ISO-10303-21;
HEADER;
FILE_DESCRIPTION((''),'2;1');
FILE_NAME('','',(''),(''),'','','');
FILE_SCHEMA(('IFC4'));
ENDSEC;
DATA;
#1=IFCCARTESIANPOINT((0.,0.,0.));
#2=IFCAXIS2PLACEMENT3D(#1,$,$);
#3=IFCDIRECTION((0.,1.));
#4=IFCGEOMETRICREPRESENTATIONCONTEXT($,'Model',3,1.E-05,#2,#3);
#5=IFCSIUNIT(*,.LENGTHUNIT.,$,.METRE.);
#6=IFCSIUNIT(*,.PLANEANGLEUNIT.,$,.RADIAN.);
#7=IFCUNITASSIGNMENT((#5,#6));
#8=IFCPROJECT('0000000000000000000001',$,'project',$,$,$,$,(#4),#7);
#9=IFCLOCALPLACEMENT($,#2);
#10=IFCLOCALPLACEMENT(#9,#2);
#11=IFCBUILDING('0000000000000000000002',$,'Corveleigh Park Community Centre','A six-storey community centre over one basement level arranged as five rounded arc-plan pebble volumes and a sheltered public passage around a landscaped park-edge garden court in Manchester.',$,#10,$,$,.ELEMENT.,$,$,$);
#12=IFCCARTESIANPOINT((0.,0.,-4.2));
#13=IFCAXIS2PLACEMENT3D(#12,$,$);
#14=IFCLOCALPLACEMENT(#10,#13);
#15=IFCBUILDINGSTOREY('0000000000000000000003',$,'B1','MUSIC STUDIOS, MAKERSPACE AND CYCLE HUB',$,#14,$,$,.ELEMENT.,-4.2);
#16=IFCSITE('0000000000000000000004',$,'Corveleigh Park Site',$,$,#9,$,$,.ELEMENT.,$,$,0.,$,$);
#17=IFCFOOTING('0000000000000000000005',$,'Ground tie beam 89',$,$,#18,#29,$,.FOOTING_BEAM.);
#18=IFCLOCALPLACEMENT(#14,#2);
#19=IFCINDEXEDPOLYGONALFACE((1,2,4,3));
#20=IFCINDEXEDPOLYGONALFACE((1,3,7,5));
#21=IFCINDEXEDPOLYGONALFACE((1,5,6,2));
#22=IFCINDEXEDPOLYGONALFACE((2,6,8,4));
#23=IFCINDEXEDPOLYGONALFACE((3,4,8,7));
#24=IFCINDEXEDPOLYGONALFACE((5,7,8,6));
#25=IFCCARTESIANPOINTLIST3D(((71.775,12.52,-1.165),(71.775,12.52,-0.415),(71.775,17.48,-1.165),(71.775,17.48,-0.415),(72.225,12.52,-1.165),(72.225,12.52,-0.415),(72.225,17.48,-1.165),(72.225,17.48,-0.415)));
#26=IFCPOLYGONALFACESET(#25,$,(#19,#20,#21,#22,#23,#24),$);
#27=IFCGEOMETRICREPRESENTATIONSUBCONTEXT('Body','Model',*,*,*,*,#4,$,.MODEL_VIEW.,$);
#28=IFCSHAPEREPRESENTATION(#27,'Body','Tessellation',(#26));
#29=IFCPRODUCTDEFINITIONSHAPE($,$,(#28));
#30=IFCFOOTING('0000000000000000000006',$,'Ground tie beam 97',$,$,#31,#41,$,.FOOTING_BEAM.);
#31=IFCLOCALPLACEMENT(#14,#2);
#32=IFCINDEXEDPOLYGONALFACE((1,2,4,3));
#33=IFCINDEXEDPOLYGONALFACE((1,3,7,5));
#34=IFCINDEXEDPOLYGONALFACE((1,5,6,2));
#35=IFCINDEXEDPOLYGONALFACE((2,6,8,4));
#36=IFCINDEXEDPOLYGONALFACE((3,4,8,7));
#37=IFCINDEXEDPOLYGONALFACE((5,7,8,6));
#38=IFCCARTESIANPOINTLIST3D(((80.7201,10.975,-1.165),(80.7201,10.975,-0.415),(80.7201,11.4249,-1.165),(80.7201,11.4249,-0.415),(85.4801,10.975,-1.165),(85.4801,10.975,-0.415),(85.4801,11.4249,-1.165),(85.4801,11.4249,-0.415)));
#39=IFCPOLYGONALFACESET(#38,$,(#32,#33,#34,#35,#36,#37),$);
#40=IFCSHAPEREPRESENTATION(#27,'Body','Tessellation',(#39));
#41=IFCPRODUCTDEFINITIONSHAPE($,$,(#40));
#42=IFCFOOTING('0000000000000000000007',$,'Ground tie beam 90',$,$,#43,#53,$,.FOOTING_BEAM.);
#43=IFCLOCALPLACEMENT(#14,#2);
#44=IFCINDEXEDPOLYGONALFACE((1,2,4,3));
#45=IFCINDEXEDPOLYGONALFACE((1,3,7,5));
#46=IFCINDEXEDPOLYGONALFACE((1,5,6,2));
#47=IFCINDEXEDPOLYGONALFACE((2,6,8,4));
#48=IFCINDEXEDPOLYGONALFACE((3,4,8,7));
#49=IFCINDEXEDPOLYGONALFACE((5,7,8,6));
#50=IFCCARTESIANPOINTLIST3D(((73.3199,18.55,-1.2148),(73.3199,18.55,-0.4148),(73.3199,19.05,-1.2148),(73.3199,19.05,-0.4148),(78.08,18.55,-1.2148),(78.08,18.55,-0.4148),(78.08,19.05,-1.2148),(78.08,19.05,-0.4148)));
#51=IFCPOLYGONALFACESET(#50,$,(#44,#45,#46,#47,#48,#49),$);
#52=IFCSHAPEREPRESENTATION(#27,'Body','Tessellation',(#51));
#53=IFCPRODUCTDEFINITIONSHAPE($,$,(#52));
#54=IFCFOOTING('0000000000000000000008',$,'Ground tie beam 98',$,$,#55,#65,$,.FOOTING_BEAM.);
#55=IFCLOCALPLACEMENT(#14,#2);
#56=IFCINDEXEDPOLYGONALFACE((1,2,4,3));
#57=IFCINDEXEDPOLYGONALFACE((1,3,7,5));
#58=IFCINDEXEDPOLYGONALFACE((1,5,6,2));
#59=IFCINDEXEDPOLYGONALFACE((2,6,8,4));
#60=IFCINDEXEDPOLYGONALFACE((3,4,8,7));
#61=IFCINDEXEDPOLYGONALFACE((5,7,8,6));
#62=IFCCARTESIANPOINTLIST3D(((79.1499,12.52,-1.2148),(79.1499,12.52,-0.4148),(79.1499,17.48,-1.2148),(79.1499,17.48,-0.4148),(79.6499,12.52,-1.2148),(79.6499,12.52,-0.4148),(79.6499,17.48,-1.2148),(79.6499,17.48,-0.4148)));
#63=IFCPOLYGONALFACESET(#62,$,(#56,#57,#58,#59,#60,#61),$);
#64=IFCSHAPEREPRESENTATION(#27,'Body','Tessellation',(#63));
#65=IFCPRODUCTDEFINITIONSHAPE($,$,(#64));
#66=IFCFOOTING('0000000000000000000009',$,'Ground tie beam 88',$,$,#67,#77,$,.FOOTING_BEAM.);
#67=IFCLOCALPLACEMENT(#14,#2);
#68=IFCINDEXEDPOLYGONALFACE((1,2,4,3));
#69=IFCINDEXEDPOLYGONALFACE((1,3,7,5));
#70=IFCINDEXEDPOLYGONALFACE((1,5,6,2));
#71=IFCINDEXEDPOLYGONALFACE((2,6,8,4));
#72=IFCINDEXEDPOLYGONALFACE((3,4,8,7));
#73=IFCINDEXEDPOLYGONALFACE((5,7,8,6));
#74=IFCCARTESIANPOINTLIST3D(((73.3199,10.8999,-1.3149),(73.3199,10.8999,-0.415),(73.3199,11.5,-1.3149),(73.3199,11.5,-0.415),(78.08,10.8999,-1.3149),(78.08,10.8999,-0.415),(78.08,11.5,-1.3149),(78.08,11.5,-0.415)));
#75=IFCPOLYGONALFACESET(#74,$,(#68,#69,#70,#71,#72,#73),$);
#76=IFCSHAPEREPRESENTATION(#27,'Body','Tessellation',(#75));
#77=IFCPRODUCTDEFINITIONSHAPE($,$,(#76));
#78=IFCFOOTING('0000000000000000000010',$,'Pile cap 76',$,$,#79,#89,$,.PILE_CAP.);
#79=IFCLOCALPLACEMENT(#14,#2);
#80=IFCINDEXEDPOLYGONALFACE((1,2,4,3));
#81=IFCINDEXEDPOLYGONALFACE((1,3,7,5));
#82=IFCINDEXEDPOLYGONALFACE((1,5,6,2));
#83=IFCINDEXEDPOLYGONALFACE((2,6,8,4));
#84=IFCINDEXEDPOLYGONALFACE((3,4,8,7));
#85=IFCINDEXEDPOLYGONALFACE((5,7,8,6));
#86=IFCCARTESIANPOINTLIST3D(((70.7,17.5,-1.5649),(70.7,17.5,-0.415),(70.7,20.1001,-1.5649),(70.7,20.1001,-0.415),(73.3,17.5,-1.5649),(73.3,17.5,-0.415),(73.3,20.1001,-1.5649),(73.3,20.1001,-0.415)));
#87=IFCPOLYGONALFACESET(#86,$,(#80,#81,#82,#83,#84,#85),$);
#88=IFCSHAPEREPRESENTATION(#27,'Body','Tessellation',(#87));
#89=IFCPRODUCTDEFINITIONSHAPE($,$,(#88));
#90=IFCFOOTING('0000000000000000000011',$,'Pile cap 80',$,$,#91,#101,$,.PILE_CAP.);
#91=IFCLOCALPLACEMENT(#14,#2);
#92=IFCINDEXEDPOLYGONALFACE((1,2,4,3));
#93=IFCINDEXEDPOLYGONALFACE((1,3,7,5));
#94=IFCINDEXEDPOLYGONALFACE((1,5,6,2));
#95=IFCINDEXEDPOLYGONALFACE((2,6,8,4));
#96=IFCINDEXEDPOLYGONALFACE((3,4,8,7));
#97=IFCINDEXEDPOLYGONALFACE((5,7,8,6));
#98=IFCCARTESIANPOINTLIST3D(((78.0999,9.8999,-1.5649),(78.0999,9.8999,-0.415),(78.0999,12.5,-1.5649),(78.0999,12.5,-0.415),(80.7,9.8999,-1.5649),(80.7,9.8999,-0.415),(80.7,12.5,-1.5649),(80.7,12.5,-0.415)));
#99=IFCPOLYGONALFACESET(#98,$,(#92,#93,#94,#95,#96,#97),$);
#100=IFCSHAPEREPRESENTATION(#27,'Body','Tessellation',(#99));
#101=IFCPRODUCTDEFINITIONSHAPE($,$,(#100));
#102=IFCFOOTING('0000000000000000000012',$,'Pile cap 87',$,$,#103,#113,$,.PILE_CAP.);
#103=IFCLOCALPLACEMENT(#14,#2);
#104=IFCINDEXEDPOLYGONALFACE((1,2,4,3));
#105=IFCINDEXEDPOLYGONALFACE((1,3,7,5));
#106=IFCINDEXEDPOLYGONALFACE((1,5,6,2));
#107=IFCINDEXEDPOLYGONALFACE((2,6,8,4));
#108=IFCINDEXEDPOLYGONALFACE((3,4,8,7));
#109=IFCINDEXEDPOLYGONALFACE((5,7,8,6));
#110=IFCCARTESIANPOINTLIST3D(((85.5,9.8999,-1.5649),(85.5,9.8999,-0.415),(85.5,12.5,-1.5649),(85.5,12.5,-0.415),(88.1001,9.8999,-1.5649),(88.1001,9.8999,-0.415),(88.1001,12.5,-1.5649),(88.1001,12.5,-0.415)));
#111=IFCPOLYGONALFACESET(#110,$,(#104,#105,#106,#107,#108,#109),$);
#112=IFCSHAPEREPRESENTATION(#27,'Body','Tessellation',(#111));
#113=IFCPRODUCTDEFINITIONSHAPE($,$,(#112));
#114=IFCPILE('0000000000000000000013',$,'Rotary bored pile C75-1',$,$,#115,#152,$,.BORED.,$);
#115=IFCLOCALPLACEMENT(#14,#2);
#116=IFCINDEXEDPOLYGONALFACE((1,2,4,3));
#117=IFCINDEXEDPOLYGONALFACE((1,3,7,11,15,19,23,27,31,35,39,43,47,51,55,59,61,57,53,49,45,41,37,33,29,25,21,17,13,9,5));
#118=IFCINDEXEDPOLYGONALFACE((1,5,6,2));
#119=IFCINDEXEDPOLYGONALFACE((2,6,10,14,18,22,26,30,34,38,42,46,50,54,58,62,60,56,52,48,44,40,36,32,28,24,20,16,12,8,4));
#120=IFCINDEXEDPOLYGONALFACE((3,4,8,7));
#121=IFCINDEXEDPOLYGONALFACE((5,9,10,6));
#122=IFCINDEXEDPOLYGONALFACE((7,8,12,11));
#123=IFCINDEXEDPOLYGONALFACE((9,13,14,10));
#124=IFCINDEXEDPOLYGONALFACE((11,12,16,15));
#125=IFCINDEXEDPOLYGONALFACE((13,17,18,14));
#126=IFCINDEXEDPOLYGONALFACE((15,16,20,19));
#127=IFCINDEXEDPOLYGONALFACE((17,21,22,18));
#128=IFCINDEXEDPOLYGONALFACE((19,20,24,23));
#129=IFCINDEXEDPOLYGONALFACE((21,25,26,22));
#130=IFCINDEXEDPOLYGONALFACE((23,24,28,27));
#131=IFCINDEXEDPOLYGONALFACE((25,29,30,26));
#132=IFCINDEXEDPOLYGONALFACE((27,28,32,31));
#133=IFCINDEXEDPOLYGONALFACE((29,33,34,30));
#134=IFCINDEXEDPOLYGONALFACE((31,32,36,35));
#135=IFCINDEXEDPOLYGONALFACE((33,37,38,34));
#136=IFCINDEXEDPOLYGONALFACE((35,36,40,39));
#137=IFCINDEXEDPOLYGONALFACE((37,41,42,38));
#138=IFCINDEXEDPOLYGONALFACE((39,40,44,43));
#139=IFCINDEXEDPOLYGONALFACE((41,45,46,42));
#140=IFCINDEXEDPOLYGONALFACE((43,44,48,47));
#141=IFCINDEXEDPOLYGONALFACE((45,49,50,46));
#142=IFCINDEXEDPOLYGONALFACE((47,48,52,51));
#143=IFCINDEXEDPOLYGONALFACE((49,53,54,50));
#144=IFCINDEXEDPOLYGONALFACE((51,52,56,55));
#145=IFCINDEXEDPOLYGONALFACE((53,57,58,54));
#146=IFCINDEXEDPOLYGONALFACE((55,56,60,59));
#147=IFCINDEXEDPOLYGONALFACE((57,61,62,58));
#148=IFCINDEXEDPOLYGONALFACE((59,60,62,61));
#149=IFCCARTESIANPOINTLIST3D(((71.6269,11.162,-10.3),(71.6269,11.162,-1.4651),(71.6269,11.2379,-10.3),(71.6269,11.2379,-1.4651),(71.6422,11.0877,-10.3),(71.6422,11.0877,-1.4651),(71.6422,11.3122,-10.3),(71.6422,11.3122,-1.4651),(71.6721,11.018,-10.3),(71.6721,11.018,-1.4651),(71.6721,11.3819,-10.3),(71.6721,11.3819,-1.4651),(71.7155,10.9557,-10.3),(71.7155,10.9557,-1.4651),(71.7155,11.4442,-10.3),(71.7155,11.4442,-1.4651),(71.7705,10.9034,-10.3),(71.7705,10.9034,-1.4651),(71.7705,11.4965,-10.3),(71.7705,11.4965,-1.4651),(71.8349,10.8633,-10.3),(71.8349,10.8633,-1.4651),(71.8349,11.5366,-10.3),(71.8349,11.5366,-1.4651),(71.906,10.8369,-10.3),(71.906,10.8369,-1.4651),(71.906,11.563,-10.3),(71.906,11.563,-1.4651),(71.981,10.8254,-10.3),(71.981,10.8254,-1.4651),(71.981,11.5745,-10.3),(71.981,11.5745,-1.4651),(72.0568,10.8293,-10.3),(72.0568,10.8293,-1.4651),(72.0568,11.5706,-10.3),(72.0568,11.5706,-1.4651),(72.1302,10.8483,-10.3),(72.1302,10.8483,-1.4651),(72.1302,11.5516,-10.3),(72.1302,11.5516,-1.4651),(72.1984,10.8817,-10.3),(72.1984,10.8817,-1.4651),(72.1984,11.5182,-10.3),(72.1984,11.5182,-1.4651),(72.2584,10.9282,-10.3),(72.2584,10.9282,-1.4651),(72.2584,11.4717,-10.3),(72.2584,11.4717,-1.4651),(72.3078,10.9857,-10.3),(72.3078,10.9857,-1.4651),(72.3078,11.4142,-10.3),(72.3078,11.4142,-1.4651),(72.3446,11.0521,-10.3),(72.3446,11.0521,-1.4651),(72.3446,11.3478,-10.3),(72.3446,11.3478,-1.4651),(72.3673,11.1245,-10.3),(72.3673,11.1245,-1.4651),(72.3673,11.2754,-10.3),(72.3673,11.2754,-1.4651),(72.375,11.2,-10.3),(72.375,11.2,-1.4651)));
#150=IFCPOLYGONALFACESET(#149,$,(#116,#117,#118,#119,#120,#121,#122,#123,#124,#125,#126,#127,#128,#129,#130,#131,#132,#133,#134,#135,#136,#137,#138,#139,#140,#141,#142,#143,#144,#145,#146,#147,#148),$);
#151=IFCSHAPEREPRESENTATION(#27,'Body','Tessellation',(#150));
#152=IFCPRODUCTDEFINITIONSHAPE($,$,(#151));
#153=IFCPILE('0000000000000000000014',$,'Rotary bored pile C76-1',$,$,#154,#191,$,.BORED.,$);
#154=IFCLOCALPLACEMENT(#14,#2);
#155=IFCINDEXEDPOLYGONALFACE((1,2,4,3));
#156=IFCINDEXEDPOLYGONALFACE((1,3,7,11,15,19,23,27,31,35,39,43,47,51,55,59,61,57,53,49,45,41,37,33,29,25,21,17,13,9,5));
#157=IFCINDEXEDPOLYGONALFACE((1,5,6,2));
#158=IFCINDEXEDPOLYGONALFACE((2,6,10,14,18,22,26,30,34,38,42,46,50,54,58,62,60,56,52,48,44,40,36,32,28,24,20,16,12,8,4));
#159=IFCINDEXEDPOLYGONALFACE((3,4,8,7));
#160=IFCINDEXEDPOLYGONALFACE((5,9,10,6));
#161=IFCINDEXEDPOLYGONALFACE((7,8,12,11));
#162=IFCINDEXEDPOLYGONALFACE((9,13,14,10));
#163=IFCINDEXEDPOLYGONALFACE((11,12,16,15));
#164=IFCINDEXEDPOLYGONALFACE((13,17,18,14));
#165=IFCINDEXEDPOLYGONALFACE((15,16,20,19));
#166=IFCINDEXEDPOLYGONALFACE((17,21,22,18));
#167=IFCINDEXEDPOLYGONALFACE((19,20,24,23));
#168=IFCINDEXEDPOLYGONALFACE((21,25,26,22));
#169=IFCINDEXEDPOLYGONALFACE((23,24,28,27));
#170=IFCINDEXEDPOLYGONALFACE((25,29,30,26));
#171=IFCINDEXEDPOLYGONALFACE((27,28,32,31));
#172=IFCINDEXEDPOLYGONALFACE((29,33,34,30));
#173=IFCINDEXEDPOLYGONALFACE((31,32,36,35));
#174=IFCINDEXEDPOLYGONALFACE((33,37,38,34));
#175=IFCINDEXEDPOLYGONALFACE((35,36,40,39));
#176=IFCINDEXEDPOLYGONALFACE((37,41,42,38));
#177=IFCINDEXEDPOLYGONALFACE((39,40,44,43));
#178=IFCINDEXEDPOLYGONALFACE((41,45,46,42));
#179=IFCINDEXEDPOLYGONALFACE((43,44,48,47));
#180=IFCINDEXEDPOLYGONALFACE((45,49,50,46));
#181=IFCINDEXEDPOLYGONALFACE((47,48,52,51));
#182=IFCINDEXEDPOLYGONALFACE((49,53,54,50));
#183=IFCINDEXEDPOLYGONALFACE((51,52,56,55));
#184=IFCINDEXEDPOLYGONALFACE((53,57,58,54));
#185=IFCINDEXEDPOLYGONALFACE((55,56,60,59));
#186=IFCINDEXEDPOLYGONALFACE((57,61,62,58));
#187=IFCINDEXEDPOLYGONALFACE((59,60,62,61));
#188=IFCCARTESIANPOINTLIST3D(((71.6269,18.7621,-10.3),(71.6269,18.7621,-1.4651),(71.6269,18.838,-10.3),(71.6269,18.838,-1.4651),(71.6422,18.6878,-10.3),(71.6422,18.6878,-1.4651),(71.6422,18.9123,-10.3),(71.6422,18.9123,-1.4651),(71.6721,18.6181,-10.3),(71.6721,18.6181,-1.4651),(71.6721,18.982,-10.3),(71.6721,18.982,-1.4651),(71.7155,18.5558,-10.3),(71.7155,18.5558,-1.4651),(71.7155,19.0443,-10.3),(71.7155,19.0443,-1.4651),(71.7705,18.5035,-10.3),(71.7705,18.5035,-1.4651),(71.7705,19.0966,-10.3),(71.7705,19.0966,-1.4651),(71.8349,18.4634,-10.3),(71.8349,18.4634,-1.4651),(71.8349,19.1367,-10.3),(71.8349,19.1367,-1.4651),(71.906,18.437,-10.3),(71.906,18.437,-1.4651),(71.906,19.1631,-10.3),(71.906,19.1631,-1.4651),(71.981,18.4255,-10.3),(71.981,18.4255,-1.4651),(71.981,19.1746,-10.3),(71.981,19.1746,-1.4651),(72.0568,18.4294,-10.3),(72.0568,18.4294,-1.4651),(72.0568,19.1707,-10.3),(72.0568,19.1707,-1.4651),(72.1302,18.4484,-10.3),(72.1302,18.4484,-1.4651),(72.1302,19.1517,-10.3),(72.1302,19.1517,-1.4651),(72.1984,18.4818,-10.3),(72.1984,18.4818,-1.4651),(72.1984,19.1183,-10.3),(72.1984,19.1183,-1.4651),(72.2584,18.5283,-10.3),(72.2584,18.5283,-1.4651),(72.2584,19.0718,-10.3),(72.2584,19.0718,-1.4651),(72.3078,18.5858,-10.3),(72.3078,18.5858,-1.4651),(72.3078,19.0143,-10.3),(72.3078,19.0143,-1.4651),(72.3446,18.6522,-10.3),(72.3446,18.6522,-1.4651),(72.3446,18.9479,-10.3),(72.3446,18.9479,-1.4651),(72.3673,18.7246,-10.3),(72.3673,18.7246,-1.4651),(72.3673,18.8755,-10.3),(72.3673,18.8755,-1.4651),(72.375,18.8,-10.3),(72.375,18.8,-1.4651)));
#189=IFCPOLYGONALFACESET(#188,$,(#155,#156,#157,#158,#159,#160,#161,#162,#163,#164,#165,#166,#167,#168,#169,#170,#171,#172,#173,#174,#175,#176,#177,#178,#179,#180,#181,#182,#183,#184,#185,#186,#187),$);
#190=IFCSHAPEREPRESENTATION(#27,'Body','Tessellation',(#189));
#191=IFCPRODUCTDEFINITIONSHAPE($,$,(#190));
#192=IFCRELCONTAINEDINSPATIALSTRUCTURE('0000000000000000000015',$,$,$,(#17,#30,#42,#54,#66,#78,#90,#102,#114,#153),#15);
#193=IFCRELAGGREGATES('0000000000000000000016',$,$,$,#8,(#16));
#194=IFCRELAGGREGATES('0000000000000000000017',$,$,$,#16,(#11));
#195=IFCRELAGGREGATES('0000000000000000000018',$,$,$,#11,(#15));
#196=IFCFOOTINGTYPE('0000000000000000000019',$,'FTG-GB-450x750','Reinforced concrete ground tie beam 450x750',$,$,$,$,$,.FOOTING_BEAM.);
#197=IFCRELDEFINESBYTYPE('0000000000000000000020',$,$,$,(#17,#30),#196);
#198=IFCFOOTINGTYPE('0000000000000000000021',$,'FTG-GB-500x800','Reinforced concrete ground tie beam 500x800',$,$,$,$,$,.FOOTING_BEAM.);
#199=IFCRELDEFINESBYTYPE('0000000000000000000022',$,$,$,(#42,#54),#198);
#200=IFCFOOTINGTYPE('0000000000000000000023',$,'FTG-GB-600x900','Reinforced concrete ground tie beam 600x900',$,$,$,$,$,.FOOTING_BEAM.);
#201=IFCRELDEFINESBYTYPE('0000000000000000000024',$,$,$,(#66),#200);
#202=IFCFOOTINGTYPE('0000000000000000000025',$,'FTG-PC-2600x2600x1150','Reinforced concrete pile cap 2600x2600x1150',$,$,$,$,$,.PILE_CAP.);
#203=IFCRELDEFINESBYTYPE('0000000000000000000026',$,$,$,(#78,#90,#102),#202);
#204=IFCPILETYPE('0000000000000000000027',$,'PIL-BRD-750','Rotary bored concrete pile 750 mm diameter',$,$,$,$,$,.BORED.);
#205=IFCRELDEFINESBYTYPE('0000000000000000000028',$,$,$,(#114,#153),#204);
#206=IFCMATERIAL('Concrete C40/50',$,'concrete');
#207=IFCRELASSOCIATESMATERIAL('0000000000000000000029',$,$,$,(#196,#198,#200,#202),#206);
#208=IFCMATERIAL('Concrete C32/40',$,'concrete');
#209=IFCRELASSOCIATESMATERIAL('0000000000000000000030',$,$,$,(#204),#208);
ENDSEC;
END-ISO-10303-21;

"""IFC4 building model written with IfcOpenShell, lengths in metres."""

from ifc_helpers import new_model, si_unit, direction, frame, origin, origin_2d, place, context, subcontext, project, spatial, rectangle, circle, extrude, material, material_profile, profile_set, type_object, element, save


model = new_model("IFC4")

# Units and contexts
model_context = context("Model", 3, precision=1e-05, world=origin(), true_north=direction((0.0, 1.0)))
body_context = subcontext(model_context, "Body", "Model", "MODEL_VIEW")
ifc_project = project(units=[si_unit("LENGTHUNIT", "METRE"), si_unit("PLANEANGLEUNIT", "RADIAN")], contexts=[model_context])

# Site, building, storey
site_placement = place(None, origin())
site = spatial("IfcSite", under=ifc_project, at=site_placement, Name="Corveleigh Park Site", CompositionType="ELEMENT", RefElevation=0.0)
building_placement = place(site_placement, origin())
building = spatial("IfcBuilding", under=site, at=building_placement, Name="Corveleigh Park Community Centre", Description="A six-storey community centre over one basement level arranged as five rounded arc-plan pebble volumes and a sheltered public passage around a landscaped park-edge garden court in Manchester.", CompositionType="ELEMENT")
storey_placement = place(building_placement, frame((0.0, 0.0, -4.2)))
storey = spatial("IfcBuildingStorey", under=building, at=storey_placement, Name="B1", Description="MUSIC STUDIOS, MAKERSPACE AND CYCLE HUB", CompositionType="ELEMENT", Elevation=-4.2)

# Footings
ifc_material_1 = material(Name="Concrete C40/50", Category="concrete")
footing_type_1 = type_object("IfcFootingType", Name="FTG-GB-450x750", Description="Reinforced concrete ground tie beam 450x750", PredefinedType="FOOTING_BEAM", material=ifc_material_1)
footing_1_placement = place(storey_placement, frame((72.0, 15.0, -1.165), z_axis=(0.0, 0.0, 1.0), x_axis=(1.0, 0.0, 0.0)))
element("IfcFooting", 1, at=footing_1_placement, inside=storey, type_object=footing_type_1, Name="Ground tie beam 89", PredefinedType="FOOTING_BEAM", context=body_context, shape_type="SweptSolid", body=[
    extrude(rectangle(XDim=0.45, YDim=4.96, at=origin_2d()), origin(), (0.0, 0.0, 1.0), 0.75),
])
footing_2_placement = place(storey_placement, frame((83.1001, 11.2, -1.165), z_axis=(0.0, 0.0, 1.0), x_axis=(1.0, 0.0, 0.0)))
element("IfcFooting", 2, at=footing_2_placement, inside=storey, type_object=footing_type_1, Name="Ground tie beam 97", PredefinedType="FOOTING_BEAM", context=body_context, shape_type="SweptSolid", body=[
    extrude(rectangle(XDim=4.76, YDim=0.45, at=origin_2d()), origin(), (0.0, 0.0, 1.0), 0.75),
])
footing_type_2 = type_object("IfcFootingType", Name="FTG-GB-500x800", Description="Reinforced concrete ground tie beam 500x800", PredefinedType="FOOTING_BEAM", material=ifc_material_1)
footing_3_placement = place(storey_placement, frame((75.7, 18.8, -1.2148), z_axis=(0.0, 0.0, 1.0), x_axis=(1.0, 0.0, 0.0)))
element("IfcFooting", 3, at=footing_3_placement, inside=storey, type_object=footing_type_2, Name="Ground tie beam 90", PredefinedType="FOOTING_BEAM", context=body_context, shape_type="SweptSolid", body=[
    extrude(rectangle(XDim=4.76, YDim=0.5, at=origin_2d()), origin(), (0.0, 0.0, 1.0), 0.8),
])
footing_4_placement = place(storey_placement, frame((79.3999, 15.0, -1.2148), z_axis=(0.0, 0.0, 1.0), x_axis=(1.0, 0.0, 0.0)))
element("IfcFooting", 4, at=footing_4_placement, inside=storey, type_object=footing_type_2, Name="Ground tie beam 98", PredefinedType="FOOTING_BEAM", context=body_context, shape_type="SweptSolid", body=[
    extrude(rectangle(XDim=0.5, YDim=4.96, at=origin_2d()), origin(), (0.0, 0.0, 1.0), 0.8),
])
footing_type_3 = type_object("IfcFootingType", Name="FTG-GB-600x900", Description="Reinforced concrete ground tie beam 600x900", PredefinedType="FOOTING_BEAM", material=ifc_material_1)
footing_5_placement = place(storey_placement, frame((75.7, 11.2, -1.3149), z_axis=(0.0, 0.0, 1.0), x_axis=(1.0, 0.0, 0.0)))
element("IfcFooting", 5, at=footing_5_placement, inside=storey, type_object=footing_type_3, Name="Ground tie beam 88", PredefinedType="FOOTING_BEAM", context=body_context, shape_type="SweptSolid", body=[
    extrude(rectangle(XDim=4.76, YDim=0.6001, at=origin_2d()), origin(), (0.0, 0.0, 1.0), 0.8999),
])
footing_type_4 = type_object("IfcFootingType", Name="FTG-PC-2600x2600x1150", Description="Reinforced concrete pile cap 2600x2600x1150", PredefinedType="PILE_CAP", material=ifc_material_1)
for number, where, z_axis, x_axis, name in (
    (6, (72.0, 18.8, -1.5649), (0.0, 0.0, 1.0), (1.0, 0.0, 0.0), "Pile cap 76"),
    (7, (79.3999, 11.2, -1.5649), (0.0, 0.0, 1.0), (1.0, 0.0, 0.0), "Pile cap 80"),
    (8, (86.8, 11.2, -1.5649), (0.0, 0.0, 1.0), (1.0, 0.0, 0.0), "Pile cap 87"),
):
    element("IfcFooting", number, at=place(storey_placement, frame(where, z_axis=z_axis, x_axis=x_axis)), inside=storey, type_object=footing_type_4, Name=name, PredefinedType="PILE_CAP", context=body_context, shape_type="SweptSolid", body=[
        extrude(rectangle(XDim=2.6001, YDim=2.6001, at=origin_2d()), origin(), (0.0, 0.0, 1.0), 1.1499),
    ])

# Piles
ifc_material_2 = material(Name="Concrete C32/40", Category="concrete")
ifc_material_profile_1 = material_profile(ifc_material_2, circle(Radius=0.375, at=origin_2d()), Name="BORED-PILE-750", Category="concrete")
ifc_profile_set_1 = profile_set([ifc_material_profile_1], Name="Concrete C32/40")
pile_type = type_object("IfcPileType", Name="PIL-BRD-750", Description="Rotary bored concrete pile 750 mm diameter", PredefinedType="BORED", material=ifc_profile_set_1)
for number, where, z_axis, x_axis, name in (
    (9, (72.0, 11.2, -1.4651), (0.0, 0.0, -1.0), (1.0, 0.0, 0.0), "Rotary bored pile C75-1"),
    (10, (72.0, 18.8, -1.4651), (0.0, 0.0, -1.0), (1.0, 0.0, 0.0), "Rotary bored pile C76-1"),
):
    element("IfcPile", number, at=place(storey_placement, frame(where, z_axis=z_axis, x_axis=x_axis)), inside=storey, type_object=pile_type, Name=name, PredefinedType="BORED", context=body_context, shape_type="SweptSolid", body=[
        extrude(circle(Radius=0.375, at=origin_2d()), origin(), (0.0, 0.0, 1.0), 8.835),
    ])

save(model, "model.ifc")
